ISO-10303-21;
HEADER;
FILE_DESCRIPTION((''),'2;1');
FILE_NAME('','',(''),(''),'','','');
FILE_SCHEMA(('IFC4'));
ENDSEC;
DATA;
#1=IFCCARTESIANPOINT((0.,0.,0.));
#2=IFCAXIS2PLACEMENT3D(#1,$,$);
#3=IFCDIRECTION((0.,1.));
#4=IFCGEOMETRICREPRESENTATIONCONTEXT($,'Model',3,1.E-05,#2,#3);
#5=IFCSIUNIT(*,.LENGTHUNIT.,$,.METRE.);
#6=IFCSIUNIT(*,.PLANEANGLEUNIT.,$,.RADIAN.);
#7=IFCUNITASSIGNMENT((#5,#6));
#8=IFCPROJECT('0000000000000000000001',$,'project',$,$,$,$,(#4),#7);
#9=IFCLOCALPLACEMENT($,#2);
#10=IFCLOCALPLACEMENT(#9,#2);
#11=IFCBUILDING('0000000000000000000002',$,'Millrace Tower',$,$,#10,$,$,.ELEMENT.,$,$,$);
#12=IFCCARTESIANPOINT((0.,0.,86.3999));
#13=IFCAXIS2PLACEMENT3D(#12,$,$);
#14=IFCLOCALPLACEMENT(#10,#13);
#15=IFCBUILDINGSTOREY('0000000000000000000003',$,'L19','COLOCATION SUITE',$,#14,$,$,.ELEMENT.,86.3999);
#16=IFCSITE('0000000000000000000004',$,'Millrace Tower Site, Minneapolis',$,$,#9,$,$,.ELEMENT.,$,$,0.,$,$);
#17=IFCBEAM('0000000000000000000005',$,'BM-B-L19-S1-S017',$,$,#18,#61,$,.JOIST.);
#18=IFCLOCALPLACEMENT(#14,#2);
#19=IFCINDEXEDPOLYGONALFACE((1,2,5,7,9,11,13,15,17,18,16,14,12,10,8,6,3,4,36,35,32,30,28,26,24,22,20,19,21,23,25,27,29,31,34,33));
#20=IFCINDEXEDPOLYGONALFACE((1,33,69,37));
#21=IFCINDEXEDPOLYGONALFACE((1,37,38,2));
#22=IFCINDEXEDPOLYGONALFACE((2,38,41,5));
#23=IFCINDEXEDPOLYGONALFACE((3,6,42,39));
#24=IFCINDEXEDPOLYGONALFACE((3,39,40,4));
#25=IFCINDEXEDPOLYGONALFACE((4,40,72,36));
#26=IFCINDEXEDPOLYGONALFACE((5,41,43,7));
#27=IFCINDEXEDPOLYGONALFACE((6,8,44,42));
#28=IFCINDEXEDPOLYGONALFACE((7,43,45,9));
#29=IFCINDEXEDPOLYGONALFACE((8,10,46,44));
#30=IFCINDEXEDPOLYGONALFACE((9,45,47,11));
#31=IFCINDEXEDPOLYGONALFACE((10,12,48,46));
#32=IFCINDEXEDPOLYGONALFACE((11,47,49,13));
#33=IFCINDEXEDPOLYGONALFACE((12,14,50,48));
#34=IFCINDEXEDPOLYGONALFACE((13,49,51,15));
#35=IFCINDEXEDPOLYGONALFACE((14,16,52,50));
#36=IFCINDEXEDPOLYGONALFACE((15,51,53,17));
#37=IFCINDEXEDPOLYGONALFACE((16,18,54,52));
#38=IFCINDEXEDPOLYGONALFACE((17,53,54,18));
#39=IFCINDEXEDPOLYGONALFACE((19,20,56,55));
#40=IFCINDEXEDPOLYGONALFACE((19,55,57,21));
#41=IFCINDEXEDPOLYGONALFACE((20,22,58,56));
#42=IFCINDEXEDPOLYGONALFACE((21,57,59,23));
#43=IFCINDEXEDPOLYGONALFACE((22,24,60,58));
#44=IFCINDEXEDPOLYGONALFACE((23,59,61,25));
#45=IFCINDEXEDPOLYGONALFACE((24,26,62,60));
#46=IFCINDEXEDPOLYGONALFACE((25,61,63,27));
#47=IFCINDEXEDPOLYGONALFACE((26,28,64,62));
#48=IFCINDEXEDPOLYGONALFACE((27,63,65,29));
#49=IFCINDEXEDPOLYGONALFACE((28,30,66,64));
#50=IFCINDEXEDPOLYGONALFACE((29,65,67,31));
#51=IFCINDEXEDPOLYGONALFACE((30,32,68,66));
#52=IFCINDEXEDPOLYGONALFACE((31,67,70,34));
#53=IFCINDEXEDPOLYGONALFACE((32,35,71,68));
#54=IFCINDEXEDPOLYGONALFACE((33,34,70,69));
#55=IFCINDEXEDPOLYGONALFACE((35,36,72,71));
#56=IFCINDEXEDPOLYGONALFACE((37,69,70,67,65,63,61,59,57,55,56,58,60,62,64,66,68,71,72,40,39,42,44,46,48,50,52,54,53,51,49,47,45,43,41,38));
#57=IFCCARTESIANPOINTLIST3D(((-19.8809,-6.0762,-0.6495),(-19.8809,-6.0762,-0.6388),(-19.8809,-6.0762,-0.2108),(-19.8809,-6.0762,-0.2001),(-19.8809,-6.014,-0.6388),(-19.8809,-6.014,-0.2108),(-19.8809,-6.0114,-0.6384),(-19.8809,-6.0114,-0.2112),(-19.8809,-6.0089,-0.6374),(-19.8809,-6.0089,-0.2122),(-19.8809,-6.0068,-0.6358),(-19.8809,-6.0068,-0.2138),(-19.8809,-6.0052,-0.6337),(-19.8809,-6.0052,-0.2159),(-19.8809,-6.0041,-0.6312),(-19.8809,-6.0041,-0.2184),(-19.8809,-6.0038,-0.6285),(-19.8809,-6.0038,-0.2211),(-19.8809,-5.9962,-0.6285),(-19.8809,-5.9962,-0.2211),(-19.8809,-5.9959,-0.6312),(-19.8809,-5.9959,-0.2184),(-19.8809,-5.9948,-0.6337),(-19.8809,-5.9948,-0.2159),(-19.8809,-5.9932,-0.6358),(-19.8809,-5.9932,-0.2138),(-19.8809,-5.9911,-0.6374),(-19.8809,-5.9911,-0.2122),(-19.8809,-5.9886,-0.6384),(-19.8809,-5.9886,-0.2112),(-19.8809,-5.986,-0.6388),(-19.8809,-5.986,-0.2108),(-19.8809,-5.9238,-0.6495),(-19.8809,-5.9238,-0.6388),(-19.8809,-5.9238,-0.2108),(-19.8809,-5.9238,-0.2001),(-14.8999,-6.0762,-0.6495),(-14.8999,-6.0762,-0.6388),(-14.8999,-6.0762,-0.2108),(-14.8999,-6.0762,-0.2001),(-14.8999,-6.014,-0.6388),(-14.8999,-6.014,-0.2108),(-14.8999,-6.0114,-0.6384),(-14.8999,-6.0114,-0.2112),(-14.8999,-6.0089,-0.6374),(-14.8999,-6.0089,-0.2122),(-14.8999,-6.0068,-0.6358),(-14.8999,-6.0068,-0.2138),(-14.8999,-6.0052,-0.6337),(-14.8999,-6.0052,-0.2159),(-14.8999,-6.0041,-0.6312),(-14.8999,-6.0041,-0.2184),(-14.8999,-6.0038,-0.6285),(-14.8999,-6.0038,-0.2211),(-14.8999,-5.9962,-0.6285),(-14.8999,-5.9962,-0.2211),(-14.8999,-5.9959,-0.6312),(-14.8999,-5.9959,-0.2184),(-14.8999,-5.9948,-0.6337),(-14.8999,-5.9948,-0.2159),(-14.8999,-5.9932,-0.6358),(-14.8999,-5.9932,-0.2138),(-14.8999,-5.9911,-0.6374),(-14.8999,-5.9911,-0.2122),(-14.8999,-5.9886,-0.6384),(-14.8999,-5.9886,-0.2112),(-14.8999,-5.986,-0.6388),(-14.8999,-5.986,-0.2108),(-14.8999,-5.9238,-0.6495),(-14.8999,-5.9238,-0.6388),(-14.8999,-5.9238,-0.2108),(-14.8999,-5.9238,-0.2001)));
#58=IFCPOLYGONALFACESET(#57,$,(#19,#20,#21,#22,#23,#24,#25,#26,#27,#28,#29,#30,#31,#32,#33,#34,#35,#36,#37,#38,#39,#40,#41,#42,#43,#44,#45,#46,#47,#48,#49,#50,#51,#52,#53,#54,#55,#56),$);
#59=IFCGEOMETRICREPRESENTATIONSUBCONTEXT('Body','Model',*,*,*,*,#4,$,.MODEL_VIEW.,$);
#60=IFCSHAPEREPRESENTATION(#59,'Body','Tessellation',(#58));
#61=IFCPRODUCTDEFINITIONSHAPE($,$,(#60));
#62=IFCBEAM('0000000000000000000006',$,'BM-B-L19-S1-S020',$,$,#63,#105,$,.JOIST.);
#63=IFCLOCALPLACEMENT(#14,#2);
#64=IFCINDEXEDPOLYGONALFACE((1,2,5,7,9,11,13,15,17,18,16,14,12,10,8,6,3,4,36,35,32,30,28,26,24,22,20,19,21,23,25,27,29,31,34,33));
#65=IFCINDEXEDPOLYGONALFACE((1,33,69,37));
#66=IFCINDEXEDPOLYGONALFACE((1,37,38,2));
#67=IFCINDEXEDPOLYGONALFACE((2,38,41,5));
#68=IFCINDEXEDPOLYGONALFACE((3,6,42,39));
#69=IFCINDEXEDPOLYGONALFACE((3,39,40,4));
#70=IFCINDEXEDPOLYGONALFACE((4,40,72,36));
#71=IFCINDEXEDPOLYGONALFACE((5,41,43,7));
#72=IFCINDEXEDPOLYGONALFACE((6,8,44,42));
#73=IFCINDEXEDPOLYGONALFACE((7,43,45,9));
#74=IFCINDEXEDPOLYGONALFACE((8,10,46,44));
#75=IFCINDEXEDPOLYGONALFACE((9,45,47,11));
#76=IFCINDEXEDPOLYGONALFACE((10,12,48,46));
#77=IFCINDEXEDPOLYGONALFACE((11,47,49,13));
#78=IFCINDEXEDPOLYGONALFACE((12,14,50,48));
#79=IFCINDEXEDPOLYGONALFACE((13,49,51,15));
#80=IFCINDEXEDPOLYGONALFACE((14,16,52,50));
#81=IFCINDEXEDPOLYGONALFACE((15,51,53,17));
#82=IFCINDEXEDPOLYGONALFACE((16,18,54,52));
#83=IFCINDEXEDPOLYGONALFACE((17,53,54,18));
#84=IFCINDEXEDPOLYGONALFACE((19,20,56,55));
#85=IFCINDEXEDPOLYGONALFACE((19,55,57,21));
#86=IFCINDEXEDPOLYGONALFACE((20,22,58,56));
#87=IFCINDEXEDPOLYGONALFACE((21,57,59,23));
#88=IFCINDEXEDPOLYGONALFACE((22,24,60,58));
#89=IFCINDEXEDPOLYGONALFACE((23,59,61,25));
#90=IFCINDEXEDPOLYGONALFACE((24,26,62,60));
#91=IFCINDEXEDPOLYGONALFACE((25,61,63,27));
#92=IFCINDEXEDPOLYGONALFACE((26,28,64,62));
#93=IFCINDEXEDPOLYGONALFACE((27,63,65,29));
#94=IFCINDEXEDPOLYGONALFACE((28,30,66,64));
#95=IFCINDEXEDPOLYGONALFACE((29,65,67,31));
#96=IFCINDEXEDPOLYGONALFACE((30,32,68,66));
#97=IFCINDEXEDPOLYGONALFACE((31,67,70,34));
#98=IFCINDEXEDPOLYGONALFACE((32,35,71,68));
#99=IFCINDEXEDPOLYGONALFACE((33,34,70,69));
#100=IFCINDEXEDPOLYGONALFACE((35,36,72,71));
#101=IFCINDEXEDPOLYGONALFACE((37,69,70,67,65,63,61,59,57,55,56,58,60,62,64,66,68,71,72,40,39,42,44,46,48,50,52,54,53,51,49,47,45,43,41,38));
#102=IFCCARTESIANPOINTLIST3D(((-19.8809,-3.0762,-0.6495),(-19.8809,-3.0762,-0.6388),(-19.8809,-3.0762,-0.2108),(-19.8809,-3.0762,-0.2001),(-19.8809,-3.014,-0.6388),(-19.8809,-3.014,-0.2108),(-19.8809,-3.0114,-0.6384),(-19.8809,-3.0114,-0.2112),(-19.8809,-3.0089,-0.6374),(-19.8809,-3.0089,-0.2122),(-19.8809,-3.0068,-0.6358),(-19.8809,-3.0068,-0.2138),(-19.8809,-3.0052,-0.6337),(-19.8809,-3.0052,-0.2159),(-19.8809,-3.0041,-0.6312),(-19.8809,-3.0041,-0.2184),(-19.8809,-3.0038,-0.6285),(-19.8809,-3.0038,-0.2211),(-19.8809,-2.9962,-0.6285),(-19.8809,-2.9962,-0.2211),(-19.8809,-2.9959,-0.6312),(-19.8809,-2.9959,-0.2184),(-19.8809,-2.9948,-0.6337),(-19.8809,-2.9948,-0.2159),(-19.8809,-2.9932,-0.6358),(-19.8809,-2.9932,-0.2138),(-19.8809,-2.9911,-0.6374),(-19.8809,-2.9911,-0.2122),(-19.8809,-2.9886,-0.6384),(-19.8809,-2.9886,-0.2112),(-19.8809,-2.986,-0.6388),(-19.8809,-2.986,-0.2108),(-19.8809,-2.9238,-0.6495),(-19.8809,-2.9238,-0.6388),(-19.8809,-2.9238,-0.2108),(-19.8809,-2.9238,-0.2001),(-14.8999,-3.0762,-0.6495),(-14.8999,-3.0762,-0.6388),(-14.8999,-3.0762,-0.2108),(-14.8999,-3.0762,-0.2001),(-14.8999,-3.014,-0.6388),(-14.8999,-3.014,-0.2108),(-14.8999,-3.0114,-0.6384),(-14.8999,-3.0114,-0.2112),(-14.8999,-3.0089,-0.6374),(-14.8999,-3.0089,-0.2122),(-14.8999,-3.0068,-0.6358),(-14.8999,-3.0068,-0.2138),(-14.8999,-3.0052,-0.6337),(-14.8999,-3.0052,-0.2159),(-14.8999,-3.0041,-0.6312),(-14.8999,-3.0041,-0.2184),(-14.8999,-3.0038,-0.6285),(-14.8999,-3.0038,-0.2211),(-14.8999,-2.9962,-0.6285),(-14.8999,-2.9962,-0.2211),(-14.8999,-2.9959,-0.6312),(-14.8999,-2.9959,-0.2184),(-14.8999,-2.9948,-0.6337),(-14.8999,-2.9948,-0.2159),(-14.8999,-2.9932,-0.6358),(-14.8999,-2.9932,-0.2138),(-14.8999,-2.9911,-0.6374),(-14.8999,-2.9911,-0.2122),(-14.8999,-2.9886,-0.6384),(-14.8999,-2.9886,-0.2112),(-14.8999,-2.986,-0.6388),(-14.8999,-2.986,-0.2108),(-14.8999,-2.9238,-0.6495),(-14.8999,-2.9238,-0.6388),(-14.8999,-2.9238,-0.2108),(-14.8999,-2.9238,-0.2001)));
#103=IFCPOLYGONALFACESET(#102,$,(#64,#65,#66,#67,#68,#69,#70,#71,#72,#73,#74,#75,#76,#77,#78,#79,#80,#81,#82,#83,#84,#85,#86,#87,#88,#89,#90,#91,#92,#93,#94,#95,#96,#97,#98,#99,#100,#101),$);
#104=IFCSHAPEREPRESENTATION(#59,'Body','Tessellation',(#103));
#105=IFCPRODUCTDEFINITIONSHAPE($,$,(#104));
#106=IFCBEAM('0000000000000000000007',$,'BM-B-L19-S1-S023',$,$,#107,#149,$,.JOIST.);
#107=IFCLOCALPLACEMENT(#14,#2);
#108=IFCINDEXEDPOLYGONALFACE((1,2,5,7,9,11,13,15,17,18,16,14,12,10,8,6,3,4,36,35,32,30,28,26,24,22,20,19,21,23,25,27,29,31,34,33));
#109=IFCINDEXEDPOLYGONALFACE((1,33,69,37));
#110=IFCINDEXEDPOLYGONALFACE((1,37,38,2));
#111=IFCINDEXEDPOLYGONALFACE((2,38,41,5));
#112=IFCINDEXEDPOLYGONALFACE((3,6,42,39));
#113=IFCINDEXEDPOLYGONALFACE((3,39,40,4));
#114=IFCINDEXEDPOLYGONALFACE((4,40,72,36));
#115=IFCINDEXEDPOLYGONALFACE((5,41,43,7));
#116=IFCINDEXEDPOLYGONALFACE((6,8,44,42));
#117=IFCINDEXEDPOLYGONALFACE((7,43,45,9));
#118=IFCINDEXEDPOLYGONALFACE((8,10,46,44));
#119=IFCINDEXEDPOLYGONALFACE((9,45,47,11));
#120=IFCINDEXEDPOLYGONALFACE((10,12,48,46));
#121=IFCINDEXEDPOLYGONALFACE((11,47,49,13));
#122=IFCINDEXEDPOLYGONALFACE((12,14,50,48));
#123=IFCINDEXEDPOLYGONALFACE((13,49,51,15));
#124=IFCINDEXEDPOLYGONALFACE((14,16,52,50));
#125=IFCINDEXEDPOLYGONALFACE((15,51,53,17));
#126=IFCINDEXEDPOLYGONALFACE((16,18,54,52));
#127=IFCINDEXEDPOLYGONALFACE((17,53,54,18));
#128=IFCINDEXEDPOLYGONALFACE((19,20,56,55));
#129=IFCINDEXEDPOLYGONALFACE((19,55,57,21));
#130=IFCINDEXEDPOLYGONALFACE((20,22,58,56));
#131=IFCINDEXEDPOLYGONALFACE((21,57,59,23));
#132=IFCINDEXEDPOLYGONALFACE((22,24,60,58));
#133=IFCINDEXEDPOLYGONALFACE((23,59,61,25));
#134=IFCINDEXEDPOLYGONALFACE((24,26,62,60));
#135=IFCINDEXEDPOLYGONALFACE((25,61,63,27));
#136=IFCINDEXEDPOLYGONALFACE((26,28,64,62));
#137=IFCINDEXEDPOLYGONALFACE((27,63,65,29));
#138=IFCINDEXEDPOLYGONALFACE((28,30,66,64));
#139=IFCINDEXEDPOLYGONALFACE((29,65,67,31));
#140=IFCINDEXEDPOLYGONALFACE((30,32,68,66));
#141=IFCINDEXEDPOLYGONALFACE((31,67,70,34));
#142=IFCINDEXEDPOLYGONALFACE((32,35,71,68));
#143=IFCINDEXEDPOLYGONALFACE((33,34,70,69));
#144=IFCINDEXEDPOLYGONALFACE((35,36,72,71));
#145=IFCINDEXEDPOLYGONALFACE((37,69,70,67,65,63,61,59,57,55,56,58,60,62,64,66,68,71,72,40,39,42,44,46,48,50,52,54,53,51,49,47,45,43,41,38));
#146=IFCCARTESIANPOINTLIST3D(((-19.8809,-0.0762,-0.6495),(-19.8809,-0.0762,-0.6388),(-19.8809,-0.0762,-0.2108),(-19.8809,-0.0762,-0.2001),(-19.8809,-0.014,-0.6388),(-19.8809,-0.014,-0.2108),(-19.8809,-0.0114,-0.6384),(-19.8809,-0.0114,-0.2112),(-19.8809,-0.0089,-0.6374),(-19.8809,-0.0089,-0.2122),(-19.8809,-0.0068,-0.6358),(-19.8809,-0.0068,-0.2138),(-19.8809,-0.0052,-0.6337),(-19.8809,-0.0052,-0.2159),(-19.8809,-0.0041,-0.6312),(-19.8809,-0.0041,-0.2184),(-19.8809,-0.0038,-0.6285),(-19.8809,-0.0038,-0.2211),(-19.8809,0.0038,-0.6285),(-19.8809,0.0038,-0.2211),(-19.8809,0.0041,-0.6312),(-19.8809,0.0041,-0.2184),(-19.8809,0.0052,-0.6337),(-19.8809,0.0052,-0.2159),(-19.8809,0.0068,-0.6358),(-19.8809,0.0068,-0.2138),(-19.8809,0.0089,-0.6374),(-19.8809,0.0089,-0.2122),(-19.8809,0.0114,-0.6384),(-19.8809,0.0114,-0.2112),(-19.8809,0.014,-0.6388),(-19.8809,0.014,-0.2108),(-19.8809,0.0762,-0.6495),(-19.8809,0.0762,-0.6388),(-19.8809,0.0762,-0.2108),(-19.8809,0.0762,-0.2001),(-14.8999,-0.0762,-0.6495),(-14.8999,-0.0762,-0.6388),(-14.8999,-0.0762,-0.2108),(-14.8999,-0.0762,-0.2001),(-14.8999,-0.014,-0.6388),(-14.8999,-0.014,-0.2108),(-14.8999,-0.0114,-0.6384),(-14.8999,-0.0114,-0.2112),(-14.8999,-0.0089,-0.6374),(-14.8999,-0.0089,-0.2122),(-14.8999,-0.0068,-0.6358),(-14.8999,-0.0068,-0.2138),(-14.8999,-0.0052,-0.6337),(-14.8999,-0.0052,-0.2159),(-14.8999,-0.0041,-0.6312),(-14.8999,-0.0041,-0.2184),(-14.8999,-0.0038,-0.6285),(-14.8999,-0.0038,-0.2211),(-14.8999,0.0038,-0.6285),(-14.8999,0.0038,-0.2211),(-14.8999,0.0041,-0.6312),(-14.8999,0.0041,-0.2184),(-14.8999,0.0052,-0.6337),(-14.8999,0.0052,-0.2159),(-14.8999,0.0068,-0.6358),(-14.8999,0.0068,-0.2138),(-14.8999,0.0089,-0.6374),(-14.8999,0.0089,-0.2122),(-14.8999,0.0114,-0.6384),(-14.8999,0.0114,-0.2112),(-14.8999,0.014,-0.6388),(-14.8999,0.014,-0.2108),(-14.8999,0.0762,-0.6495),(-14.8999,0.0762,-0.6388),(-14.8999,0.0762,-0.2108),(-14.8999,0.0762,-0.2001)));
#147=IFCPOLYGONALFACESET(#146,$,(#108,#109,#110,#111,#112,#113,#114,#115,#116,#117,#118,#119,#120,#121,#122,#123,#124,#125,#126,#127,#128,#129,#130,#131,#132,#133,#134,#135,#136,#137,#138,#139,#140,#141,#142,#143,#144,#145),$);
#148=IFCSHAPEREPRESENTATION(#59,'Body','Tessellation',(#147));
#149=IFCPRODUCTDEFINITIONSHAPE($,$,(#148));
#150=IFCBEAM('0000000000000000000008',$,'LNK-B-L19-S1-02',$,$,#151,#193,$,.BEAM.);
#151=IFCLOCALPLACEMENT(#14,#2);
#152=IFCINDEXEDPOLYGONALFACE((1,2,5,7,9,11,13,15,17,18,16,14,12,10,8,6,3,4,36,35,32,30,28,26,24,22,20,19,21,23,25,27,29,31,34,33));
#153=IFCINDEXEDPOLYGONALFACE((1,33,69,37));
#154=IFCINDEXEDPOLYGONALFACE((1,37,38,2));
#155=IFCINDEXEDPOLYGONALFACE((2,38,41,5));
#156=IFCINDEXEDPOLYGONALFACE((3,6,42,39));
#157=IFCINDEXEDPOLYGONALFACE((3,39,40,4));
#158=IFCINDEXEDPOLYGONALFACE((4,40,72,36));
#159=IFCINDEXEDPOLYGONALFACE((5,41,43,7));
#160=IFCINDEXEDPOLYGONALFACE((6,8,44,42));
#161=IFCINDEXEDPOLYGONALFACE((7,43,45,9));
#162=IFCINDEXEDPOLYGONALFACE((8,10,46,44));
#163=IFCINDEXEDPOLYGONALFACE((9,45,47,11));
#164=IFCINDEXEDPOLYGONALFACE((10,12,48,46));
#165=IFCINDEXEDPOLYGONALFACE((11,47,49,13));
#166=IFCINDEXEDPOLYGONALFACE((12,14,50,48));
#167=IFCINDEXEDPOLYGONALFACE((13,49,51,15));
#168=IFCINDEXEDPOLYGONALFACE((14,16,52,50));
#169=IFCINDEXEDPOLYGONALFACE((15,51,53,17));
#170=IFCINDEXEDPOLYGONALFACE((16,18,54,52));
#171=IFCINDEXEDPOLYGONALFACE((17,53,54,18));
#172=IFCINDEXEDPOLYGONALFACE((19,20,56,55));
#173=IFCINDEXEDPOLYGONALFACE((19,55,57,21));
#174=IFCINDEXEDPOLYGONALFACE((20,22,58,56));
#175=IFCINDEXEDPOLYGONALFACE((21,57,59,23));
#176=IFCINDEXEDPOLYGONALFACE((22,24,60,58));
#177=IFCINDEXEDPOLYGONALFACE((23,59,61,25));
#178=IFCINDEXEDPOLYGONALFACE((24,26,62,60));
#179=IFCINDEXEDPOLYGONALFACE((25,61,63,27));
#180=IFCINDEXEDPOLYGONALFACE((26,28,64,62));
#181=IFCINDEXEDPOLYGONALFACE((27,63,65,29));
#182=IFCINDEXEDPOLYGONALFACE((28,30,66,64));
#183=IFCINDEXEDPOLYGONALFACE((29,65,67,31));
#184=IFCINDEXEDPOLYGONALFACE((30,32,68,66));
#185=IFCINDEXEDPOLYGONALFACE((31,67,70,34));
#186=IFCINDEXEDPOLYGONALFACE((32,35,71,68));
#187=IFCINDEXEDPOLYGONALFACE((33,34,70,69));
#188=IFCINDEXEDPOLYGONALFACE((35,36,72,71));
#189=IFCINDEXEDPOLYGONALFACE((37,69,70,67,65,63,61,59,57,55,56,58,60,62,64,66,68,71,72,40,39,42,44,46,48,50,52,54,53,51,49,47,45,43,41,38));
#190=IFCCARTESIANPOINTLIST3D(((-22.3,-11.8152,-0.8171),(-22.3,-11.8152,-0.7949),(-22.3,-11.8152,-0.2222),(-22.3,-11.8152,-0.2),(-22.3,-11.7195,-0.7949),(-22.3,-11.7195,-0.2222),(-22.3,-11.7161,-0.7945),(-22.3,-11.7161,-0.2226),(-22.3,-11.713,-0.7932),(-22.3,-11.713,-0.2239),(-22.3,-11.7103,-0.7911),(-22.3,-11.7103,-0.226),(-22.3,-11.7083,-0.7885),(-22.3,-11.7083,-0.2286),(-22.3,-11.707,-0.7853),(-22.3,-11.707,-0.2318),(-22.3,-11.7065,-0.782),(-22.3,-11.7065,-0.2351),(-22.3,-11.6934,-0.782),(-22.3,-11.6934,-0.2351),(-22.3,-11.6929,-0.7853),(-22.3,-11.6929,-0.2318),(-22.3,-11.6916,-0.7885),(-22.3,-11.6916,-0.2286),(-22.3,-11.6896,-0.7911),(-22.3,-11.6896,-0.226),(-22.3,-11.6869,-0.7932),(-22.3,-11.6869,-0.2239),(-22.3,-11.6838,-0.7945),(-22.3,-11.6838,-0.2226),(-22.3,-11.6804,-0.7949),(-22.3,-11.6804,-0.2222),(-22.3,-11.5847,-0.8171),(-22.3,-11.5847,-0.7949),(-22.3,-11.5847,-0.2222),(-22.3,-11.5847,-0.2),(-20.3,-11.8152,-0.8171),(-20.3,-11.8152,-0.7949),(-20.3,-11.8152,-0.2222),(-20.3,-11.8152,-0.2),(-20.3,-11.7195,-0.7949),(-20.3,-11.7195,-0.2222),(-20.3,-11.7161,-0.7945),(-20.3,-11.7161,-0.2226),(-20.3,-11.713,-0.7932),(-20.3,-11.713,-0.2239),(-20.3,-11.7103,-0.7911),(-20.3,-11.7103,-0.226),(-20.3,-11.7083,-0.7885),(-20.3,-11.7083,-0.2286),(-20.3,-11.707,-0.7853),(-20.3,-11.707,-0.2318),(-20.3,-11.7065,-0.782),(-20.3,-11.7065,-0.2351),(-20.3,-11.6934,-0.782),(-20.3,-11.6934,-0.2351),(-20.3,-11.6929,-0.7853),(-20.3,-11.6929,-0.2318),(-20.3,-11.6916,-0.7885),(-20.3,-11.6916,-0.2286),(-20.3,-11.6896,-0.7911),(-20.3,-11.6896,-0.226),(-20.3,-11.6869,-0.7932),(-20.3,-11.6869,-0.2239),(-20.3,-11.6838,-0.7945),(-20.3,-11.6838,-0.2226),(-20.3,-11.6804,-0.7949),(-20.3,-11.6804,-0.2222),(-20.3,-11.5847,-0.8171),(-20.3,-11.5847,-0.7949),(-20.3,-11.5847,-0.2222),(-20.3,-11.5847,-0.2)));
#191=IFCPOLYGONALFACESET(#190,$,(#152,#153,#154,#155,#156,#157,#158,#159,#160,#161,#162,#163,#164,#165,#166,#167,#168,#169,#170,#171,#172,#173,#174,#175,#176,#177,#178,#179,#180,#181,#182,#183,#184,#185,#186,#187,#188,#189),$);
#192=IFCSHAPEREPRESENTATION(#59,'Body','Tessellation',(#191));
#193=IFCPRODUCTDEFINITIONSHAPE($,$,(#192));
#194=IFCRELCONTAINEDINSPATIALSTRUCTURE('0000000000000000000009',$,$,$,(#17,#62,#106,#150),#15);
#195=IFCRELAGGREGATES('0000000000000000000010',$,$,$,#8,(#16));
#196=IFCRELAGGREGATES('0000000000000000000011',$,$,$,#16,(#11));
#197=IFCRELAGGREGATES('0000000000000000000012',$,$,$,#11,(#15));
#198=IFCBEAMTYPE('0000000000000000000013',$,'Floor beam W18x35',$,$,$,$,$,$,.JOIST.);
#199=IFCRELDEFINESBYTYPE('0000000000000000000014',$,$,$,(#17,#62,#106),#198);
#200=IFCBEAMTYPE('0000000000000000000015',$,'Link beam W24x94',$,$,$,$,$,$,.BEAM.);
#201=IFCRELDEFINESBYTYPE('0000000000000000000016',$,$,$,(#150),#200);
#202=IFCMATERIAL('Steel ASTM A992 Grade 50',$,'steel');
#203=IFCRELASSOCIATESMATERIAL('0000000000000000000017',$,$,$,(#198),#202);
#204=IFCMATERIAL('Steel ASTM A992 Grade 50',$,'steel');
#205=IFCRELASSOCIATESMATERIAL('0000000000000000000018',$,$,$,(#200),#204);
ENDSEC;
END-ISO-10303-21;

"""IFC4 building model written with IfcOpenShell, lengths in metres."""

from ifc_helpers import new_model, si_unit, direction, frame, origin, origin_2d, place, context, subcontext, project, spatial, i_section, extrude, material, material_profile, profile_set, type_object, element, save


model = new_model("IFC4")

# Units and contexts
model_context = context("Model", 3, precision=1e-05, world=origin(), true_north=direction((0.0, 1.0)))
body_context = subcontext(model_context, "Body", "Model", "MODEL_VIEW")
ifc_project = project(units=[si_unit("LENGTHUNIT", "METRE"), si_unit("PLANEANGLEUNIT", "RADIAN")], contexts=[model_context])

# Site, building, storey
site_placement = place(None, origin())
site = spatial("IfcSite", under=ifc_project, at=site_placement, Name="Millrace Tower Site, Minneapolis", CompositionType="ELEMENT", RefElevation=0.0)
building_placement = place(site_placement, origin())
building = spatial("IfcBuilding", under=site, at=building_placement, Name="Millrace Tower", CompositionType="ELEMENT")
storey_placement = place(building_placement, frame((0.0, 0.0, 86.3999)))
storey = spatial("IfcBuildingStorey", under=building, at=storey_placement, Name="L19", Description="COLOCATION SUITE", CompositionType="ELEMENT", Elevation=86.3999)

# Beams
ifc_material_1 = material(Name="Steel ASTM A992 Grade 50", Category="steel")
ifc_material_profile_1 = material_profile(ifc_material_1, i_section(OverallWidth=0.1523, OverallDepth=0.4495, WebThickness=0.0076, FlangeThickness=0.0107, FilletRadius=0.0103, at=origin_2d()))
ifc_profile_set_1 = profile_set([ifc_material_profile_1], Name="Steel ASTM A992 Grade 50")
beam_type_1 = type_object("IfcBeamType", Name="Floor beam W18x35", PredefinedType="JOIST", material=ifc_profile_set_1)
for number, where, z_axis, x_axis, name in (
    (1, (-19.8809, -6.0, -0.4248), (1.0, 0.0, 0.0), (0.0, 1.0, 0.0), "BM-B-L19-S1-S017"),
    (2, (-19.8809, -3.0, -0.4248), (1.0, 0.0, 0.0), (0.0, 1.0, 0.0), "BM-B-L19-S1-S020"),
    (3, (-19.8809, 0.0, -0.4248), (1.0, 0.0, 0.0), (0.0, 1.0, 0.0), "BM-B-L19-S1-S023"),
):
    element("IfcBeam", number, at=place(storey_placement, frame(where, z_axis=z_axis, x_axis=x_axis)), inside=storey, type_object=beam_type_1, Name=name, PredefinedType="JOIST", context=body_context, shape_type="SweptSolid", body=[
        extrude(i_section(OverallWidth=0.1523, OverallDepth=0.4495, WebThickness=0.0076, FlangeThickness=0.0107, FilletRadius=0.0103, at=origin_2d()), origin(), (0.0, 0.0, 1.0), 4.981),
    ])
ifc_material_2 = material(Name="Steel ASTM A992 Grade 50", Category="steel")
ifc_material_profile_2 = material_profile(ifc_material_2, i_section(OverallWidth=0.2305, OverallDepth=0.6172, WebThickness=0.0132, FlangeThickness=0.0222, FilletRadius=0.0129, at=origin_2d()))
ifc_profile_set_2 = profile_set([ifc_material_profile_2], Name="Steel ASTM A992 Grade 50")
beam_type_2 = type_object("IfcBeamType", Name="Link beam W24x94", PredefinedType="BEAM", material=ifc_profile_set_2)
beam_1_placement = place(storey_placement, frame((-20.3, -11.7, -0.5085), z_axis=(-1.0, 0.0, 0.0), x_axis=(0.0, -1.0, 0.0)))
element("IfcBeam", 4, at=beam_1_placement, inside=storey, type_object=beam_type_2, Name="LNK-B-L19-S1-02", PredefinedType="BEAM", context=body_context, shape_type="SweptSolid", body=[
    extrude(i_section(OverallWidth=0.2305, OverallDepth=0.6172, WebThickness=0.0132, FlangeThickness=0.0222, FilletRadius=0.0129, at=origin_2d()), origin(), (0.0, 0.0, 1.0), 2.0),
])

save(model, "model.ifc")
